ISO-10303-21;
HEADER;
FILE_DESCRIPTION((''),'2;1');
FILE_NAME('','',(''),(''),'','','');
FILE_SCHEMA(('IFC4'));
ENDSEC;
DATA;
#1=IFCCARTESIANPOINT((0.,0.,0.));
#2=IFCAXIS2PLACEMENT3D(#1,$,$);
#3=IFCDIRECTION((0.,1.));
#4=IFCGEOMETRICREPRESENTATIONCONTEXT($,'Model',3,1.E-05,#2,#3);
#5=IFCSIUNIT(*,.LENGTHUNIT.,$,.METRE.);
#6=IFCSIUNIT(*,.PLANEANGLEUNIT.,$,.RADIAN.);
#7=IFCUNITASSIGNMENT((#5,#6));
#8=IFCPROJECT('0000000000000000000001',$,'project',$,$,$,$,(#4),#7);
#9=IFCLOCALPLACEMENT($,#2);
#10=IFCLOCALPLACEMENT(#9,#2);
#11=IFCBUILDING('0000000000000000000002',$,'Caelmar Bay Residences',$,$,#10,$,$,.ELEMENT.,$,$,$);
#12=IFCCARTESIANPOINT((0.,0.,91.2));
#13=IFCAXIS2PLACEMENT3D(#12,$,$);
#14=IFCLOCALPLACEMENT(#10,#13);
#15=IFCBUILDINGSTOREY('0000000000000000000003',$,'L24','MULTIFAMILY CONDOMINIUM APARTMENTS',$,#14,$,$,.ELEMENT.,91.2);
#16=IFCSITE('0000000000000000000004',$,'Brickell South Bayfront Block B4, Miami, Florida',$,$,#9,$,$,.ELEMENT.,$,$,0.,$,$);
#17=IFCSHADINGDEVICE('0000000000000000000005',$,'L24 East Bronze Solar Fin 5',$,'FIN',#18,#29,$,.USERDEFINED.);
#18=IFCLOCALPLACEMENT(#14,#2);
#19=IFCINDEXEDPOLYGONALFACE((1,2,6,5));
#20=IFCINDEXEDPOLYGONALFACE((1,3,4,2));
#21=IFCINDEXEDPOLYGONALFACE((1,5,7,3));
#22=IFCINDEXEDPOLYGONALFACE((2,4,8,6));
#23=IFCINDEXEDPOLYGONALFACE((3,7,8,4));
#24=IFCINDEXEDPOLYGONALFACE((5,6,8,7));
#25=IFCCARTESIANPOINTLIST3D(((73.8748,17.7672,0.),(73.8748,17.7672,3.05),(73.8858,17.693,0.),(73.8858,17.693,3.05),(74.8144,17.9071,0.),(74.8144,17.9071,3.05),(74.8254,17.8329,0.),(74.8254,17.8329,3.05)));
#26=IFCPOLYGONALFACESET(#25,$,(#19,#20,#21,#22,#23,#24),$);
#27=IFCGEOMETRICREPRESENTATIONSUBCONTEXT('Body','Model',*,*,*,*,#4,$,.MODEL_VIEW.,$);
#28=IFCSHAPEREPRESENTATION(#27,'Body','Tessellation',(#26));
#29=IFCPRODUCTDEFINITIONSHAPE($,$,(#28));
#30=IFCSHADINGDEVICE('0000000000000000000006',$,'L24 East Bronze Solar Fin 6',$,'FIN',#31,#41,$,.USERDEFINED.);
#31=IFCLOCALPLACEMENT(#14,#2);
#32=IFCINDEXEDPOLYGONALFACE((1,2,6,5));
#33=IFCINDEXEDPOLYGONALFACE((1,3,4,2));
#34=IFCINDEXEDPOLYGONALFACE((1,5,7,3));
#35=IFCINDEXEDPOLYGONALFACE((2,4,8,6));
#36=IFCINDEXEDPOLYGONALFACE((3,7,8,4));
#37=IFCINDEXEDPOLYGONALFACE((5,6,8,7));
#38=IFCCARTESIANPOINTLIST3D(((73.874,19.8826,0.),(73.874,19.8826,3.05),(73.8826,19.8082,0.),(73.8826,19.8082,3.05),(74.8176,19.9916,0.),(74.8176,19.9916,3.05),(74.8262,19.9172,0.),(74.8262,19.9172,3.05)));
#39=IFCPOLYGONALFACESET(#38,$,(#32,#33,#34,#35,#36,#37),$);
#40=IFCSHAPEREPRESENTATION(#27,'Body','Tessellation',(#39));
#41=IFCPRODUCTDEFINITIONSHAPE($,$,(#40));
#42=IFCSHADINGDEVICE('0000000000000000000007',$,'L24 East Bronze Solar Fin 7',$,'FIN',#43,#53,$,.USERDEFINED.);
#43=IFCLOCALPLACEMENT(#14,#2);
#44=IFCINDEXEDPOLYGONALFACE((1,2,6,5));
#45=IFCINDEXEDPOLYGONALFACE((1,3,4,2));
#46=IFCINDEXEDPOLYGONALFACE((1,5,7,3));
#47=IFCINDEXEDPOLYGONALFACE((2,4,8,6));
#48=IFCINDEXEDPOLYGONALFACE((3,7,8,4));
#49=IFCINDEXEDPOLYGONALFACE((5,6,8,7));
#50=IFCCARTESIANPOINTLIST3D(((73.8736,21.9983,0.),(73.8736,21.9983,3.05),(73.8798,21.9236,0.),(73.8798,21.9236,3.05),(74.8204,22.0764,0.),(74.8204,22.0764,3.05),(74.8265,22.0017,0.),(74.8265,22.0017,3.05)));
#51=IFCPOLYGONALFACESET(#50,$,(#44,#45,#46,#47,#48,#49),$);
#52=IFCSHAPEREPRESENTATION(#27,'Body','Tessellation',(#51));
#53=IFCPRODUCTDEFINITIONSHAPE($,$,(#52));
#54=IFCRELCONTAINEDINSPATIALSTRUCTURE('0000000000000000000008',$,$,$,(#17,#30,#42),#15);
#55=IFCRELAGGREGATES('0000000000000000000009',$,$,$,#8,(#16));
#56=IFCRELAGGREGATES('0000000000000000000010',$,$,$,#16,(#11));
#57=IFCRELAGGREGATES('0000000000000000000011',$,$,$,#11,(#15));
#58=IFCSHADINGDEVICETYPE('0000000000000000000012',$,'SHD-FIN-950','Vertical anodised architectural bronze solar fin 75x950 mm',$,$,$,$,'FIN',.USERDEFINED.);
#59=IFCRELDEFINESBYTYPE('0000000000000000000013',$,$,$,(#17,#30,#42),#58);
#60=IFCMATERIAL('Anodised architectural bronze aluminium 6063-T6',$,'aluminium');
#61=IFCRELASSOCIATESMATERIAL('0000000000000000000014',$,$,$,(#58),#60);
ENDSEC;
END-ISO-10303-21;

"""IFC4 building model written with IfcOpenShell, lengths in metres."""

from ifc_helpers import new_model, si_unit, direction, frame, origin, origin_2d, place, context, subcontext, project, spatial, rectangle, extrude, material, material_profile, profile_set, type_object, element, save


model = new_model("IFC4")

# Units and contexts
model_context = context("Model", 3, precision=1e-05, world=origin(), true_north=direction((0.0, 1.0)))
body_context = subcontext(model_context, "Body", "Model", "MODEL_VIEW")
ifc_project = project(units=[si_unit("LENGTHUNIT", "METRE"), si_unit("PLANEANGLEUNIT", "RADIAN")], contexts=[model_context])

# Site, building, storey
site_placement = place(None, origin())
site = spatial("IfcSite", under=ifc_project, at=site_placement, Name="Brickell South Bayfront Block B4, Miami, Florida", CompositionType="ELEMENT", RefElevation=0.0)
building_placement = place(site_placement, origin())
building = spatial("IfcBuilding", under=site, at=building_placement, Name="Caelmar Bay Residences", CompositionType="ELEMENT")
storey_placement = place(building_placement, frame((0.0, 0.0, 91.2)))
storey = spatial("IfcBuildingStorey", under=building, at=storey_placement, Name="L24", Description="MULTIFAMILY CONDOMINIUM APARTMENTS", CompositionType="ELEMENT", Elevation=91.2)

# Shading devices
ifc_material_1 = material(Name="Anodised architectural bronze aluminium 6063-T6", Category="aluminium")
ifc_material_profile_1 = material_profile(ifc_material_1, rectangle(XDim=0.075, YDim=0.95, at=origin_2d()), Name="BRONZE-FIN-75X950")
ifc_profile_set_1 = profile_set([ifc_material_profile_1], Name="Anodised architectural bronze aluminium 6063-T6")
shading_device_type = type_object("IfcShadingDeviceType", Name="SHD-FIN-950", Description="Vertical anodised architectural bronze solar fin 75x950 mm", ElementType="FIN", PredefinedType="USERDEFINED", material=ifc_profile_set_1)
for number, where, z_axis, x_axis, name in (
    (1, (74.3501, 17.8, 0.0), (0.0, 0.0, 1.0), (-0.147292, 0.989093, 0.0), "L24 East Bronze Solar Fin 5"),
    (2, (74.3501, 19.8999, 0.0), (0.0, 0.0, 1.0), (-0.114764, 0.993393, 0.0), "L24 East Bronze Solar Fin 6"),
    (3, (74.3501, 22.0, 0.0), (0.0, 0.0, 1.0), (-0.082112, 0.996623, 0.0), "L24 East Bronze Solar Fin 7"),
):
    element("IfcShadingDevice", number, at=place(storey_placement, frame(where, z_axis=z_axis, x_axis=x_axis)), inside=storey, type_object=shading_device_type, Name=name, ObjectType="FIN", PredefinedType="USERDEFINED", context=body_context, shape_type="SweptSolid", body=[
        extrude(rectangle(XDim=0.075, YDim=0.95, at=origin_2d()), origin(), (0.0, 0.0, 1.0), 3.05),
    ])

save(model, "model.ifc")
